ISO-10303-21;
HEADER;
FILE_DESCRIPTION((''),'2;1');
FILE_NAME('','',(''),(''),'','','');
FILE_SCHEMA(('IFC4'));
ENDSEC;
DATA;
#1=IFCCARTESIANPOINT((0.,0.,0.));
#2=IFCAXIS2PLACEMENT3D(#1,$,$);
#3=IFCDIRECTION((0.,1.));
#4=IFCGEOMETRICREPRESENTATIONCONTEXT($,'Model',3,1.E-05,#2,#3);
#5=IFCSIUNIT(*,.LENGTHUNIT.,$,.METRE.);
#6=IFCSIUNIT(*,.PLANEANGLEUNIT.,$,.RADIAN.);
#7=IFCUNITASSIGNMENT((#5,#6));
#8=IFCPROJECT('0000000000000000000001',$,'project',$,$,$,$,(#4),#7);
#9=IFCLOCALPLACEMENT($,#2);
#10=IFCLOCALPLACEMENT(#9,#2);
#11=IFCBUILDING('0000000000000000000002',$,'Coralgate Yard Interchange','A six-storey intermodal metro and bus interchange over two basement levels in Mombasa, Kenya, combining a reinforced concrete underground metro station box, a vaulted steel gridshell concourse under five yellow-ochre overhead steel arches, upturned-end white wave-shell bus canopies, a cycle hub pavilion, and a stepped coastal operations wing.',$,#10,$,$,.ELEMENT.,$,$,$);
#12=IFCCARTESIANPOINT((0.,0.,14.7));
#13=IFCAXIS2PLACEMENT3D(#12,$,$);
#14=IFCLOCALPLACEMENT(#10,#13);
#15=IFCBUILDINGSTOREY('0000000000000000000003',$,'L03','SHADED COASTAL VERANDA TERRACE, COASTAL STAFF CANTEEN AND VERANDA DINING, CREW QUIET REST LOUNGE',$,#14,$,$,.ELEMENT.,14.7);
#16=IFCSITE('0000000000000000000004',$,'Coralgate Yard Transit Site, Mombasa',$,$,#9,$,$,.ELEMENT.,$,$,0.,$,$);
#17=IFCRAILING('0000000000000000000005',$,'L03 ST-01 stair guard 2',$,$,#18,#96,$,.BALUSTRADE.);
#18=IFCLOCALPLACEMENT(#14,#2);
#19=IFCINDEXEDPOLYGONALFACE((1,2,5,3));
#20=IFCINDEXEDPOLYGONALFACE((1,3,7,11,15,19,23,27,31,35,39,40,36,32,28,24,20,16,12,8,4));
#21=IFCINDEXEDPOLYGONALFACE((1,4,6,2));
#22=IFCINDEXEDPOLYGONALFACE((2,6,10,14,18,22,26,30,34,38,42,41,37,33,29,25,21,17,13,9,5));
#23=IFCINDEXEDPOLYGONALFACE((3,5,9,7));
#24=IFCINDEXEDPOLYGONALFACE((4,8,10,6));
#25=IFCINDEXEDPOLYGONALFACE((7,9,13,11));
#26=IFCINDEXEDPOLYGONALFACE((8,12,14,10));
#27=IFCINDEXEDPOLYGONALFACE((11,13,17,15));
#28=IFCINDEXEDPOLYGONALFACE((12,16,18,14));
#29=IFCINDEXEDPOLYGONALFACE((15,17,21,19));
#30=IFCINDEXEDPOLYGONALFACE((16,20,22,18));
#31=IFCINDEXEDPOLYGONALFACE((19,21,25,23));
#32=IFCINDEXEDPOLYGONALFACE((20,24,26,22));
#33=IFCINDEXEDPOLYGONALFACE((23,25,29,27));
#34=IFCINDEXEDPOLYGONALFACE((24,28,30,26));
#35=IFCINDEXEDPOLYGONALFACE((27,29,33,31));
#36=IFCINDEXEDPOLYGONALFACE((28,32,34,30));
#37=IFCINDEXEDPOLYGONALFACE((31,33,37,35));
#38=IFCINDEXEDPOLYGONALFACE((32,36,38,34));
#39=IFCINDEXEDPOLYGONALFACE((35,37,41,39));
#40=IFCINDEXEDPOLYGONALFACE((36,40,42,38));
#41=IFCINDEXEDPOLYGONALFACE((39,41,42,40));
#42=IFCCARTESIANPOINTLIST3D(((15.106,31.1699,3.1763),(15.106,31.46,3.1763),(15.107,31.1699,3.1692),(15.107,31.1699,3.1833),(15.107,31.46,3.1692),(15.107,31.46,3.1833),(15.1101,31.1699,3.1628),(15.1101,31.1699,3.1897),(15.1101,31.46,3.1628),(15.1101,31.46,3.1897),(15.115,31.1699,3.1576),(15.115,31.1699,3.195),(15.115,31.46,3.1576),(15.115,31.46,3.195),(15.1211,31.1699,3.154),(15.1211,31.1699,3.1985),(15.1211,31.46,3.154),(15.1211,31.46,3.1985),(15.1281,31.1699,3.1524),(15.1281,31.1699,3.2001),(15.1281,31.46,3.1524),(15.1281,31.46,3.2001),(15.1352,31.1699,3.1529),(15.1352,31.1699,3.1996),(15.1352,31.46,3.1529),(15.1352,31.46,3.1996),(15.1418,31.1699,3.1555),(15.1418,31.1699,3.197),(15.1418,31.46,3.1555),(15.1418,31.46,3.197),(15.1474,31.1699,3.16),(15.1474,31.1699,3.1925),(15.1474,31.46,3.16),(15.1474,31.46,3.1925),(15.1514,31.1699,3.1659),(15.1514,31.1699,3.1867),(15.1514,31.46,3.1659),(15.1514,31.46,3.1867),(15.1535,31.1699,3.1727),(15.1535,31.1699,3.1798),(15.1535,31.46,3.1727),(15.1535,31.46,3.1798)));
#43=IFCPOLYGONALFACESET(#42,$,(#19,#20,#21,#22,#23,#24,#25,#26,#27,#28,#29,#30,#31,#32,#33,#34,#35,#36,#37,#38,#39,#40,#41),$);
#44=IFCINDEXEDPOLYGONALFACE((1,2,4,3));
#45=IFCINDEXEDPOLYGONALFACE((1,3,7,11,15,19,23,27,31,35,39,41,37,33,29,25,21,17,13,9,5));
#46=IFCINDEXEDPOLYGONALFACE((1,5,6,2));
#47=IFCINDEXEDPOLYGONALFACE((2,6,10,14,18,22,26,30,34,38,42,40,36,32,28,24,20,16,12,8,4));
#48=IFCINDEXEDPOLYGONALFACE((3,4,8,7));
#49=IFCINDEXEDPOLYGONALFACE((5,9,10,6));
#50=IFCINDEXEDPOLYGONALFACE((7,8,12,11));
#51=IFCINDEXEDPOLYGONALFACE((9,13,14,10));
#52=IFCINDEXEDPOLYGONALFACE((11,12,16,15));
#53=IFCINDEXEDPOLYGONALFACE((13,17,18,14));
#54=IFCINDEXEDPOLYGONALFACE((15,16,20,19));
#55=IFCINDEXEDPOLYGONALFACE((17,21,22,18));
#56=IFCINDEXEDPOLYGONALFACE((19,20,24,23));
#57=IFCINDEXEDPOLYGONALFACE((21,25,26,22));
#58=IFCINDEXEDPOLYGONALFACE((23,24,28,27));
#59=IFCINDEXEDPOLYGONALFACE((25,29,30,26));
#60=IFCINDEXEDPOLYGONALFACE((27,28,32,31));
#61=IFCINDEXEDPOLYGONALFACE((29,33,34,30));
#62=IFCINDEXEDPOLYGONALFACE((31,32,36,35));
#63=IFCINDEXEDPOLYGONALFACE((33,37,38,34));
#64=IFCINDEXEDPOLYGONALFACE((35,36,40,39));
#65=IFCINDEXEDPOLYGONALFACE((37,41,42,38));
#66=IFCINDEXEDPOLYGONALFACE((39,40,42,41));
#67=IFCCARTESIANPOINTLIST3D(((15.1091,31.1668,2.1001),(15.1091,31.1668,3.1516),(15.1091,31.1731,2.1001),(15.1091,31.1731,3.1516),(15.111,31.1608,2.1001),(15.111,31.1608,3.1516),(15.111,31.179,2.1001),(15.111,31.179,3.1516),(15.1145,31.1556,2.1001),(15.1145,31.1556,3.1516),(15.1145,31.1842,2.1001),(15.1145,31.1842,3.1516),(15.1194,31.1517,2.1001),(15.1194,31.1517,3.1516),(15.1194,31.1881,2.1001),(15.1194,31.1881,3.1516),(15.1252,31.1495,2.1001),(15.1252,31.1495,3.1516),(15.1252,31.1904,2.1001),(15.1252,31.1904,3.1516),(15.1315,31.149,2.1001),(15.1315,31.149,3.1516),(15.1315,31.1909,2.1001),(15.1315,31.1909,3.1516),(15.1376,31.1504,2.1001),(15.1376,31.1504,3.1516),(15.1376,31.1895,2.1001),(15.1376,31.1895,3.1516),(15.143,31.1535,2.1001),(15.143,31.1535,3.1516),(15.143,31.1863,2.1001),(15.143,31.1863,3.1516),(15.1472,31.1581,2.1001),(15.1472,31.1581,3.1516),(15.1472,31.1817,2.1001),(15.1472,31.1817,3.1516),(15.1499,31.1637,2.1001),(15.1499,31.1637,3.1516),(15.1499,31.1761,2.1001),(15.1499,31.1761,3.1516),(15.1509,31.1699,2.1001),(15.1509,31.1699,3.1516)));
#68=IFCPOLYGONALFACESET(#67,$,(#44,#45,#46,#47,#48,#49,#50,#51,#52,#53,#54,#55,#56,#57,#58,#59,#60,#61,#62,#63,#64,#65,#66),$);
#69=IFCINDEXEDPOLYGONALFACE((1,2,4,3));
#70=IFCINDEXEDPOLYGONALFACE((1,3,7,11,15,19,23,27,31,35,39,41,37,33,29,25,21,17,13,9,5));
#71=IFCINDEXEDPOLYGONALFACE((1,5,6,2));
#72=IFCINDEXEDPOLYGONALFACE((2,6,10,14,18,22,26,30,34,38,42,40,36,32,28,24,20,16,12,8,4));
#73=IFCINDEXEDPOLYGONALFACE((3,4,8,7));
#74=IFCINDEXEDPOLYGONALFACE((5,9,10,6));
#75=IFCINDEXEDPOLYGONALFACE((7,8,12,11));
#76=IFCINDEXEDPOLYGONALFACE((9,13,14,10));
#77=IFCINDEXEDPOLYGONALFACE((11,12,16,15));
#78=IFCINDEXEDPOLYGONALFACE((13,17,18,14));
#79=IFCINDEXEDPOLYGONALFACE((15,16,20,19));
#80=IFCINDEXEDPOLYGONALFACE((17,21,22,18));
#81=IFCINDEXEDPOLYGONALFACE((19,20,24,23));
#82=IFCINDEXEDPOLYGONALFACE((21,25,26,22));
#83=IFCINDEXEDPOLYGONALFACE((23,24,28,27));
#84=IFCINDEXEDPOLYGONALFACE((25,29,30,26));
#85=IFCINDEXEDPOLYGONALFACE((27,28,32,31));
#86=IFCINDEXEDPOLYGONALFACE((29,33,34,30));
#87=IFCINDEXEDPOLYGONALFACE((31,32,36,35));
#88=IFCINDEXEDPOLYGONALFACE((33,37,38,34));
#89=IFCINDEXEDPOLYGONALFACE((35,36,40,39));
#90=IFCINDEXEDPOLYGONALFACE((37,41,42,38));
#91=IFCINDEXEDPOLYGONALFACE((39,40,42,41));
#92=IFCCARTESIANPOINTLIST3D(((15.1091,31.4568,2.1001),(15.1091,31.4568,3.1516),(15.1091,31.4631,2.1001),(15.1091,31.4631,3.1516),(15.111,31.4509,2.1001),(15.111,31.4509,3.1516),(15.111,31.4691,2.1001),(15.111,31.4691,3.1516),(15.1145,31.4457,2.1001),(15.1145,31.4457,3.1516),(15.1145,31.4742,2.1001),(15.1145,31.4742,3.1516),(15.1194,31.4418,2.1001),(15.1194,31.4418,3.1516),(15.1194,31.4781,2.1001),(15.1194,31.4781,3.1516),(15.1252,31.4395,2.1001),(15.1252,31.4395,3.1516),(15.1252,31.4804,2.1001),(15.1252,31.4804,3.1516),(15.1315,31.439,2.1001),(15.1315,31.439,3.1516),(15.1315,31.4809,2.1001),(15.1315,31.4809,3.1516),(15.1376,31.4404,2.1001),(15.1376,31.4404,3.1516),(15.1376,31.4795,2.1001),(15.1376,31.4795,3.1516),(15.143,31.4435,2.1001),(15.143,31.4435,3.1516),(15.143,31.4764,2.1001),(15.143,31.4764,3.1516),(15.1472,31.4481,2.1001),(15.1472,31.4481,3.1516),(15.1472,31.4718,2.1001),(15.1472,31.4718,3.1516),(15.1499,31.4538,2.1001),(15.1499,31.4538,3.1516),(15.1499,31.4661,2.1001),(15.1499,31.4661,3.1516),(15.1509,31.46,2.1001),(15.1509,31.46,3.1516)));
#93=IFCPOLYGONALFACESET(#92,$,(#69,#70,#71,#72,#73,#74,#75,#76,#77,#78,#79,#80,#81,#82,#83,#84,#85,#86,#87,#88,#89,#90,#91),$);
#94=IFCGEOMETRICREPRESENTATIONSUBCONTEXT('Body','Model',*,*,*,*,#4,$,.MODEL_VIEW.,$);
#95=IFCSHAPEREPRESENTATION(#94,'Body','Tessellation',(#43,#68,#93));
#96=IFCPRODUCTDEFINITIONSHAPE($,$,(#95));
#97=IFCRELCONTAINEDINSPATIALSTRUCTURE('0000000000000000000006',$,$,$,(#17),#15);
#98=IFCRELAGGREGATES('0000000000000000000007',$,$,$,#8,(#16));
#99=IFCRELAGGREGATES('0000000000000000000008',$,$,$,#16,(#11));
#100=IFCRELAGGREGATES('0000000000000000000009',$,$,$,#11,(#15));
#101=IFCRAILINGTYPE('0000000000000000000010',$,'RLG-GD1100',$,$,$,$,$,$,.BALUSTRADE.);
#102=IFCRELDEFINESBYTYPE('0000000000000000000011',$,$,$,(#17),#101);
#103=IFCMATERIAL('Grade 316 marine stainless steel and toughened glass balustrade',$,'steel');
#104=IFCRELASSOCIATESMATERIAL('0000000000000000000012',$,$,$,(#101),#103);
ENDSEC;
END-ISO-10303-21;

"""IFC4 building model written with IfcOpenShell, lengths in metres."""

from ifc_helpers import new_model, si_unit, direction, frame, origin, origin_2d, place, context, subcontext, project, spatial, circle, extrude, material, type_object, element, save


model = new_model("IFC4")

# Units and contexts
model_context = context("Model", 3, precision=1e-05, world=origin(), true_north=direction((0.0, 1.0)))
body_context = subcontext(model_context, "Body", "Model", "MODEL_VIEW")
ifc_project = project(units=[si_unit("LENGTHUNIT", "METRE"), si_unit("PLANEANGLEUNIT", "RADIAN")], contexts=[model_context])

# Site, building, storey
site_placement = place(None, origin())
site = spatial("IfcSite", under=ifc_project, at=site_placement, Name="Coralgate Yard Transit Site, Mombasa", CompositionType="ELEMENT", RefElevation=0.0)
building_placement = place(site_placement, origin())
building = spatial("IfcBuilding", under=site, at=building_placement, Name="Coralgate Yard Interchange", Description="A six-storey intermodal metro and bus interchange over two basement levels in Mombasa, Kenya, combining a reinforced concrete underground metro station box, a vaulted steel gridshell concourse under five yellow-ochre overhead steel arches, upturned-end white wave-shell bus canopies, a cycle hub pavilion, and a stepped coastal operations wing.", CompositionType="ELEMENT")
storey_placement = place(building_placement, frame((0.0, 0.0, 14.7)))
storey = spatial("IfcBuildingStorey", under=building, at=storey_placement, Name="L03", Description="SHADED COASTAL VERANDA TERRACE, COASTAL STAFF CANTEEN AND VERANDA DINING, CREW QUIET REST LOUNGE", CompositionType="ELEMENT", Elevation=14.7)

# Railing
ifc_material_1 = material(Name="Grade 316 marine stainless steel and toughened glass balustrade", Category="steel")
railing_type_1 = type_object("IfcRailingType", Name="RLG-GD1100", PredefinedType="BALUSTRADE", material=ifc_material_1)
railing_1_placement = place(storey_placement, frame((15.1299, 31.1699, 2.1001)))
element("IfcRailing", 1, at=railing_1_placement, inside=storey, type_object=railing_type_1, Name="L03 ST-01 stair guard 2", PredefinedType="BALUSTRADE", context=body_context, shape_type="SweptSolid", body=[
    extrude(circle(Radius=0.0239, at=origin_2d()), frame((0.0, 0.0, 1.0762), z_axis=(0.0, 1.0, 0.0), x_axis=(-1.0, 0.0, 0.0)), (0.0, 0.0, 1.0), 0.29),
    extrude(circle(Radius=0.021, at=origin_2d()), origin(), (0.0, 0.0, 1.0), 1.0515),
    extrude(circle(Radius=0.021, at=origin_2d()), frame((0.0, 0.29, 0.0)), (0.0, 0.0, 1.0), 1.0515),
])

save(model, "model.ifc")
